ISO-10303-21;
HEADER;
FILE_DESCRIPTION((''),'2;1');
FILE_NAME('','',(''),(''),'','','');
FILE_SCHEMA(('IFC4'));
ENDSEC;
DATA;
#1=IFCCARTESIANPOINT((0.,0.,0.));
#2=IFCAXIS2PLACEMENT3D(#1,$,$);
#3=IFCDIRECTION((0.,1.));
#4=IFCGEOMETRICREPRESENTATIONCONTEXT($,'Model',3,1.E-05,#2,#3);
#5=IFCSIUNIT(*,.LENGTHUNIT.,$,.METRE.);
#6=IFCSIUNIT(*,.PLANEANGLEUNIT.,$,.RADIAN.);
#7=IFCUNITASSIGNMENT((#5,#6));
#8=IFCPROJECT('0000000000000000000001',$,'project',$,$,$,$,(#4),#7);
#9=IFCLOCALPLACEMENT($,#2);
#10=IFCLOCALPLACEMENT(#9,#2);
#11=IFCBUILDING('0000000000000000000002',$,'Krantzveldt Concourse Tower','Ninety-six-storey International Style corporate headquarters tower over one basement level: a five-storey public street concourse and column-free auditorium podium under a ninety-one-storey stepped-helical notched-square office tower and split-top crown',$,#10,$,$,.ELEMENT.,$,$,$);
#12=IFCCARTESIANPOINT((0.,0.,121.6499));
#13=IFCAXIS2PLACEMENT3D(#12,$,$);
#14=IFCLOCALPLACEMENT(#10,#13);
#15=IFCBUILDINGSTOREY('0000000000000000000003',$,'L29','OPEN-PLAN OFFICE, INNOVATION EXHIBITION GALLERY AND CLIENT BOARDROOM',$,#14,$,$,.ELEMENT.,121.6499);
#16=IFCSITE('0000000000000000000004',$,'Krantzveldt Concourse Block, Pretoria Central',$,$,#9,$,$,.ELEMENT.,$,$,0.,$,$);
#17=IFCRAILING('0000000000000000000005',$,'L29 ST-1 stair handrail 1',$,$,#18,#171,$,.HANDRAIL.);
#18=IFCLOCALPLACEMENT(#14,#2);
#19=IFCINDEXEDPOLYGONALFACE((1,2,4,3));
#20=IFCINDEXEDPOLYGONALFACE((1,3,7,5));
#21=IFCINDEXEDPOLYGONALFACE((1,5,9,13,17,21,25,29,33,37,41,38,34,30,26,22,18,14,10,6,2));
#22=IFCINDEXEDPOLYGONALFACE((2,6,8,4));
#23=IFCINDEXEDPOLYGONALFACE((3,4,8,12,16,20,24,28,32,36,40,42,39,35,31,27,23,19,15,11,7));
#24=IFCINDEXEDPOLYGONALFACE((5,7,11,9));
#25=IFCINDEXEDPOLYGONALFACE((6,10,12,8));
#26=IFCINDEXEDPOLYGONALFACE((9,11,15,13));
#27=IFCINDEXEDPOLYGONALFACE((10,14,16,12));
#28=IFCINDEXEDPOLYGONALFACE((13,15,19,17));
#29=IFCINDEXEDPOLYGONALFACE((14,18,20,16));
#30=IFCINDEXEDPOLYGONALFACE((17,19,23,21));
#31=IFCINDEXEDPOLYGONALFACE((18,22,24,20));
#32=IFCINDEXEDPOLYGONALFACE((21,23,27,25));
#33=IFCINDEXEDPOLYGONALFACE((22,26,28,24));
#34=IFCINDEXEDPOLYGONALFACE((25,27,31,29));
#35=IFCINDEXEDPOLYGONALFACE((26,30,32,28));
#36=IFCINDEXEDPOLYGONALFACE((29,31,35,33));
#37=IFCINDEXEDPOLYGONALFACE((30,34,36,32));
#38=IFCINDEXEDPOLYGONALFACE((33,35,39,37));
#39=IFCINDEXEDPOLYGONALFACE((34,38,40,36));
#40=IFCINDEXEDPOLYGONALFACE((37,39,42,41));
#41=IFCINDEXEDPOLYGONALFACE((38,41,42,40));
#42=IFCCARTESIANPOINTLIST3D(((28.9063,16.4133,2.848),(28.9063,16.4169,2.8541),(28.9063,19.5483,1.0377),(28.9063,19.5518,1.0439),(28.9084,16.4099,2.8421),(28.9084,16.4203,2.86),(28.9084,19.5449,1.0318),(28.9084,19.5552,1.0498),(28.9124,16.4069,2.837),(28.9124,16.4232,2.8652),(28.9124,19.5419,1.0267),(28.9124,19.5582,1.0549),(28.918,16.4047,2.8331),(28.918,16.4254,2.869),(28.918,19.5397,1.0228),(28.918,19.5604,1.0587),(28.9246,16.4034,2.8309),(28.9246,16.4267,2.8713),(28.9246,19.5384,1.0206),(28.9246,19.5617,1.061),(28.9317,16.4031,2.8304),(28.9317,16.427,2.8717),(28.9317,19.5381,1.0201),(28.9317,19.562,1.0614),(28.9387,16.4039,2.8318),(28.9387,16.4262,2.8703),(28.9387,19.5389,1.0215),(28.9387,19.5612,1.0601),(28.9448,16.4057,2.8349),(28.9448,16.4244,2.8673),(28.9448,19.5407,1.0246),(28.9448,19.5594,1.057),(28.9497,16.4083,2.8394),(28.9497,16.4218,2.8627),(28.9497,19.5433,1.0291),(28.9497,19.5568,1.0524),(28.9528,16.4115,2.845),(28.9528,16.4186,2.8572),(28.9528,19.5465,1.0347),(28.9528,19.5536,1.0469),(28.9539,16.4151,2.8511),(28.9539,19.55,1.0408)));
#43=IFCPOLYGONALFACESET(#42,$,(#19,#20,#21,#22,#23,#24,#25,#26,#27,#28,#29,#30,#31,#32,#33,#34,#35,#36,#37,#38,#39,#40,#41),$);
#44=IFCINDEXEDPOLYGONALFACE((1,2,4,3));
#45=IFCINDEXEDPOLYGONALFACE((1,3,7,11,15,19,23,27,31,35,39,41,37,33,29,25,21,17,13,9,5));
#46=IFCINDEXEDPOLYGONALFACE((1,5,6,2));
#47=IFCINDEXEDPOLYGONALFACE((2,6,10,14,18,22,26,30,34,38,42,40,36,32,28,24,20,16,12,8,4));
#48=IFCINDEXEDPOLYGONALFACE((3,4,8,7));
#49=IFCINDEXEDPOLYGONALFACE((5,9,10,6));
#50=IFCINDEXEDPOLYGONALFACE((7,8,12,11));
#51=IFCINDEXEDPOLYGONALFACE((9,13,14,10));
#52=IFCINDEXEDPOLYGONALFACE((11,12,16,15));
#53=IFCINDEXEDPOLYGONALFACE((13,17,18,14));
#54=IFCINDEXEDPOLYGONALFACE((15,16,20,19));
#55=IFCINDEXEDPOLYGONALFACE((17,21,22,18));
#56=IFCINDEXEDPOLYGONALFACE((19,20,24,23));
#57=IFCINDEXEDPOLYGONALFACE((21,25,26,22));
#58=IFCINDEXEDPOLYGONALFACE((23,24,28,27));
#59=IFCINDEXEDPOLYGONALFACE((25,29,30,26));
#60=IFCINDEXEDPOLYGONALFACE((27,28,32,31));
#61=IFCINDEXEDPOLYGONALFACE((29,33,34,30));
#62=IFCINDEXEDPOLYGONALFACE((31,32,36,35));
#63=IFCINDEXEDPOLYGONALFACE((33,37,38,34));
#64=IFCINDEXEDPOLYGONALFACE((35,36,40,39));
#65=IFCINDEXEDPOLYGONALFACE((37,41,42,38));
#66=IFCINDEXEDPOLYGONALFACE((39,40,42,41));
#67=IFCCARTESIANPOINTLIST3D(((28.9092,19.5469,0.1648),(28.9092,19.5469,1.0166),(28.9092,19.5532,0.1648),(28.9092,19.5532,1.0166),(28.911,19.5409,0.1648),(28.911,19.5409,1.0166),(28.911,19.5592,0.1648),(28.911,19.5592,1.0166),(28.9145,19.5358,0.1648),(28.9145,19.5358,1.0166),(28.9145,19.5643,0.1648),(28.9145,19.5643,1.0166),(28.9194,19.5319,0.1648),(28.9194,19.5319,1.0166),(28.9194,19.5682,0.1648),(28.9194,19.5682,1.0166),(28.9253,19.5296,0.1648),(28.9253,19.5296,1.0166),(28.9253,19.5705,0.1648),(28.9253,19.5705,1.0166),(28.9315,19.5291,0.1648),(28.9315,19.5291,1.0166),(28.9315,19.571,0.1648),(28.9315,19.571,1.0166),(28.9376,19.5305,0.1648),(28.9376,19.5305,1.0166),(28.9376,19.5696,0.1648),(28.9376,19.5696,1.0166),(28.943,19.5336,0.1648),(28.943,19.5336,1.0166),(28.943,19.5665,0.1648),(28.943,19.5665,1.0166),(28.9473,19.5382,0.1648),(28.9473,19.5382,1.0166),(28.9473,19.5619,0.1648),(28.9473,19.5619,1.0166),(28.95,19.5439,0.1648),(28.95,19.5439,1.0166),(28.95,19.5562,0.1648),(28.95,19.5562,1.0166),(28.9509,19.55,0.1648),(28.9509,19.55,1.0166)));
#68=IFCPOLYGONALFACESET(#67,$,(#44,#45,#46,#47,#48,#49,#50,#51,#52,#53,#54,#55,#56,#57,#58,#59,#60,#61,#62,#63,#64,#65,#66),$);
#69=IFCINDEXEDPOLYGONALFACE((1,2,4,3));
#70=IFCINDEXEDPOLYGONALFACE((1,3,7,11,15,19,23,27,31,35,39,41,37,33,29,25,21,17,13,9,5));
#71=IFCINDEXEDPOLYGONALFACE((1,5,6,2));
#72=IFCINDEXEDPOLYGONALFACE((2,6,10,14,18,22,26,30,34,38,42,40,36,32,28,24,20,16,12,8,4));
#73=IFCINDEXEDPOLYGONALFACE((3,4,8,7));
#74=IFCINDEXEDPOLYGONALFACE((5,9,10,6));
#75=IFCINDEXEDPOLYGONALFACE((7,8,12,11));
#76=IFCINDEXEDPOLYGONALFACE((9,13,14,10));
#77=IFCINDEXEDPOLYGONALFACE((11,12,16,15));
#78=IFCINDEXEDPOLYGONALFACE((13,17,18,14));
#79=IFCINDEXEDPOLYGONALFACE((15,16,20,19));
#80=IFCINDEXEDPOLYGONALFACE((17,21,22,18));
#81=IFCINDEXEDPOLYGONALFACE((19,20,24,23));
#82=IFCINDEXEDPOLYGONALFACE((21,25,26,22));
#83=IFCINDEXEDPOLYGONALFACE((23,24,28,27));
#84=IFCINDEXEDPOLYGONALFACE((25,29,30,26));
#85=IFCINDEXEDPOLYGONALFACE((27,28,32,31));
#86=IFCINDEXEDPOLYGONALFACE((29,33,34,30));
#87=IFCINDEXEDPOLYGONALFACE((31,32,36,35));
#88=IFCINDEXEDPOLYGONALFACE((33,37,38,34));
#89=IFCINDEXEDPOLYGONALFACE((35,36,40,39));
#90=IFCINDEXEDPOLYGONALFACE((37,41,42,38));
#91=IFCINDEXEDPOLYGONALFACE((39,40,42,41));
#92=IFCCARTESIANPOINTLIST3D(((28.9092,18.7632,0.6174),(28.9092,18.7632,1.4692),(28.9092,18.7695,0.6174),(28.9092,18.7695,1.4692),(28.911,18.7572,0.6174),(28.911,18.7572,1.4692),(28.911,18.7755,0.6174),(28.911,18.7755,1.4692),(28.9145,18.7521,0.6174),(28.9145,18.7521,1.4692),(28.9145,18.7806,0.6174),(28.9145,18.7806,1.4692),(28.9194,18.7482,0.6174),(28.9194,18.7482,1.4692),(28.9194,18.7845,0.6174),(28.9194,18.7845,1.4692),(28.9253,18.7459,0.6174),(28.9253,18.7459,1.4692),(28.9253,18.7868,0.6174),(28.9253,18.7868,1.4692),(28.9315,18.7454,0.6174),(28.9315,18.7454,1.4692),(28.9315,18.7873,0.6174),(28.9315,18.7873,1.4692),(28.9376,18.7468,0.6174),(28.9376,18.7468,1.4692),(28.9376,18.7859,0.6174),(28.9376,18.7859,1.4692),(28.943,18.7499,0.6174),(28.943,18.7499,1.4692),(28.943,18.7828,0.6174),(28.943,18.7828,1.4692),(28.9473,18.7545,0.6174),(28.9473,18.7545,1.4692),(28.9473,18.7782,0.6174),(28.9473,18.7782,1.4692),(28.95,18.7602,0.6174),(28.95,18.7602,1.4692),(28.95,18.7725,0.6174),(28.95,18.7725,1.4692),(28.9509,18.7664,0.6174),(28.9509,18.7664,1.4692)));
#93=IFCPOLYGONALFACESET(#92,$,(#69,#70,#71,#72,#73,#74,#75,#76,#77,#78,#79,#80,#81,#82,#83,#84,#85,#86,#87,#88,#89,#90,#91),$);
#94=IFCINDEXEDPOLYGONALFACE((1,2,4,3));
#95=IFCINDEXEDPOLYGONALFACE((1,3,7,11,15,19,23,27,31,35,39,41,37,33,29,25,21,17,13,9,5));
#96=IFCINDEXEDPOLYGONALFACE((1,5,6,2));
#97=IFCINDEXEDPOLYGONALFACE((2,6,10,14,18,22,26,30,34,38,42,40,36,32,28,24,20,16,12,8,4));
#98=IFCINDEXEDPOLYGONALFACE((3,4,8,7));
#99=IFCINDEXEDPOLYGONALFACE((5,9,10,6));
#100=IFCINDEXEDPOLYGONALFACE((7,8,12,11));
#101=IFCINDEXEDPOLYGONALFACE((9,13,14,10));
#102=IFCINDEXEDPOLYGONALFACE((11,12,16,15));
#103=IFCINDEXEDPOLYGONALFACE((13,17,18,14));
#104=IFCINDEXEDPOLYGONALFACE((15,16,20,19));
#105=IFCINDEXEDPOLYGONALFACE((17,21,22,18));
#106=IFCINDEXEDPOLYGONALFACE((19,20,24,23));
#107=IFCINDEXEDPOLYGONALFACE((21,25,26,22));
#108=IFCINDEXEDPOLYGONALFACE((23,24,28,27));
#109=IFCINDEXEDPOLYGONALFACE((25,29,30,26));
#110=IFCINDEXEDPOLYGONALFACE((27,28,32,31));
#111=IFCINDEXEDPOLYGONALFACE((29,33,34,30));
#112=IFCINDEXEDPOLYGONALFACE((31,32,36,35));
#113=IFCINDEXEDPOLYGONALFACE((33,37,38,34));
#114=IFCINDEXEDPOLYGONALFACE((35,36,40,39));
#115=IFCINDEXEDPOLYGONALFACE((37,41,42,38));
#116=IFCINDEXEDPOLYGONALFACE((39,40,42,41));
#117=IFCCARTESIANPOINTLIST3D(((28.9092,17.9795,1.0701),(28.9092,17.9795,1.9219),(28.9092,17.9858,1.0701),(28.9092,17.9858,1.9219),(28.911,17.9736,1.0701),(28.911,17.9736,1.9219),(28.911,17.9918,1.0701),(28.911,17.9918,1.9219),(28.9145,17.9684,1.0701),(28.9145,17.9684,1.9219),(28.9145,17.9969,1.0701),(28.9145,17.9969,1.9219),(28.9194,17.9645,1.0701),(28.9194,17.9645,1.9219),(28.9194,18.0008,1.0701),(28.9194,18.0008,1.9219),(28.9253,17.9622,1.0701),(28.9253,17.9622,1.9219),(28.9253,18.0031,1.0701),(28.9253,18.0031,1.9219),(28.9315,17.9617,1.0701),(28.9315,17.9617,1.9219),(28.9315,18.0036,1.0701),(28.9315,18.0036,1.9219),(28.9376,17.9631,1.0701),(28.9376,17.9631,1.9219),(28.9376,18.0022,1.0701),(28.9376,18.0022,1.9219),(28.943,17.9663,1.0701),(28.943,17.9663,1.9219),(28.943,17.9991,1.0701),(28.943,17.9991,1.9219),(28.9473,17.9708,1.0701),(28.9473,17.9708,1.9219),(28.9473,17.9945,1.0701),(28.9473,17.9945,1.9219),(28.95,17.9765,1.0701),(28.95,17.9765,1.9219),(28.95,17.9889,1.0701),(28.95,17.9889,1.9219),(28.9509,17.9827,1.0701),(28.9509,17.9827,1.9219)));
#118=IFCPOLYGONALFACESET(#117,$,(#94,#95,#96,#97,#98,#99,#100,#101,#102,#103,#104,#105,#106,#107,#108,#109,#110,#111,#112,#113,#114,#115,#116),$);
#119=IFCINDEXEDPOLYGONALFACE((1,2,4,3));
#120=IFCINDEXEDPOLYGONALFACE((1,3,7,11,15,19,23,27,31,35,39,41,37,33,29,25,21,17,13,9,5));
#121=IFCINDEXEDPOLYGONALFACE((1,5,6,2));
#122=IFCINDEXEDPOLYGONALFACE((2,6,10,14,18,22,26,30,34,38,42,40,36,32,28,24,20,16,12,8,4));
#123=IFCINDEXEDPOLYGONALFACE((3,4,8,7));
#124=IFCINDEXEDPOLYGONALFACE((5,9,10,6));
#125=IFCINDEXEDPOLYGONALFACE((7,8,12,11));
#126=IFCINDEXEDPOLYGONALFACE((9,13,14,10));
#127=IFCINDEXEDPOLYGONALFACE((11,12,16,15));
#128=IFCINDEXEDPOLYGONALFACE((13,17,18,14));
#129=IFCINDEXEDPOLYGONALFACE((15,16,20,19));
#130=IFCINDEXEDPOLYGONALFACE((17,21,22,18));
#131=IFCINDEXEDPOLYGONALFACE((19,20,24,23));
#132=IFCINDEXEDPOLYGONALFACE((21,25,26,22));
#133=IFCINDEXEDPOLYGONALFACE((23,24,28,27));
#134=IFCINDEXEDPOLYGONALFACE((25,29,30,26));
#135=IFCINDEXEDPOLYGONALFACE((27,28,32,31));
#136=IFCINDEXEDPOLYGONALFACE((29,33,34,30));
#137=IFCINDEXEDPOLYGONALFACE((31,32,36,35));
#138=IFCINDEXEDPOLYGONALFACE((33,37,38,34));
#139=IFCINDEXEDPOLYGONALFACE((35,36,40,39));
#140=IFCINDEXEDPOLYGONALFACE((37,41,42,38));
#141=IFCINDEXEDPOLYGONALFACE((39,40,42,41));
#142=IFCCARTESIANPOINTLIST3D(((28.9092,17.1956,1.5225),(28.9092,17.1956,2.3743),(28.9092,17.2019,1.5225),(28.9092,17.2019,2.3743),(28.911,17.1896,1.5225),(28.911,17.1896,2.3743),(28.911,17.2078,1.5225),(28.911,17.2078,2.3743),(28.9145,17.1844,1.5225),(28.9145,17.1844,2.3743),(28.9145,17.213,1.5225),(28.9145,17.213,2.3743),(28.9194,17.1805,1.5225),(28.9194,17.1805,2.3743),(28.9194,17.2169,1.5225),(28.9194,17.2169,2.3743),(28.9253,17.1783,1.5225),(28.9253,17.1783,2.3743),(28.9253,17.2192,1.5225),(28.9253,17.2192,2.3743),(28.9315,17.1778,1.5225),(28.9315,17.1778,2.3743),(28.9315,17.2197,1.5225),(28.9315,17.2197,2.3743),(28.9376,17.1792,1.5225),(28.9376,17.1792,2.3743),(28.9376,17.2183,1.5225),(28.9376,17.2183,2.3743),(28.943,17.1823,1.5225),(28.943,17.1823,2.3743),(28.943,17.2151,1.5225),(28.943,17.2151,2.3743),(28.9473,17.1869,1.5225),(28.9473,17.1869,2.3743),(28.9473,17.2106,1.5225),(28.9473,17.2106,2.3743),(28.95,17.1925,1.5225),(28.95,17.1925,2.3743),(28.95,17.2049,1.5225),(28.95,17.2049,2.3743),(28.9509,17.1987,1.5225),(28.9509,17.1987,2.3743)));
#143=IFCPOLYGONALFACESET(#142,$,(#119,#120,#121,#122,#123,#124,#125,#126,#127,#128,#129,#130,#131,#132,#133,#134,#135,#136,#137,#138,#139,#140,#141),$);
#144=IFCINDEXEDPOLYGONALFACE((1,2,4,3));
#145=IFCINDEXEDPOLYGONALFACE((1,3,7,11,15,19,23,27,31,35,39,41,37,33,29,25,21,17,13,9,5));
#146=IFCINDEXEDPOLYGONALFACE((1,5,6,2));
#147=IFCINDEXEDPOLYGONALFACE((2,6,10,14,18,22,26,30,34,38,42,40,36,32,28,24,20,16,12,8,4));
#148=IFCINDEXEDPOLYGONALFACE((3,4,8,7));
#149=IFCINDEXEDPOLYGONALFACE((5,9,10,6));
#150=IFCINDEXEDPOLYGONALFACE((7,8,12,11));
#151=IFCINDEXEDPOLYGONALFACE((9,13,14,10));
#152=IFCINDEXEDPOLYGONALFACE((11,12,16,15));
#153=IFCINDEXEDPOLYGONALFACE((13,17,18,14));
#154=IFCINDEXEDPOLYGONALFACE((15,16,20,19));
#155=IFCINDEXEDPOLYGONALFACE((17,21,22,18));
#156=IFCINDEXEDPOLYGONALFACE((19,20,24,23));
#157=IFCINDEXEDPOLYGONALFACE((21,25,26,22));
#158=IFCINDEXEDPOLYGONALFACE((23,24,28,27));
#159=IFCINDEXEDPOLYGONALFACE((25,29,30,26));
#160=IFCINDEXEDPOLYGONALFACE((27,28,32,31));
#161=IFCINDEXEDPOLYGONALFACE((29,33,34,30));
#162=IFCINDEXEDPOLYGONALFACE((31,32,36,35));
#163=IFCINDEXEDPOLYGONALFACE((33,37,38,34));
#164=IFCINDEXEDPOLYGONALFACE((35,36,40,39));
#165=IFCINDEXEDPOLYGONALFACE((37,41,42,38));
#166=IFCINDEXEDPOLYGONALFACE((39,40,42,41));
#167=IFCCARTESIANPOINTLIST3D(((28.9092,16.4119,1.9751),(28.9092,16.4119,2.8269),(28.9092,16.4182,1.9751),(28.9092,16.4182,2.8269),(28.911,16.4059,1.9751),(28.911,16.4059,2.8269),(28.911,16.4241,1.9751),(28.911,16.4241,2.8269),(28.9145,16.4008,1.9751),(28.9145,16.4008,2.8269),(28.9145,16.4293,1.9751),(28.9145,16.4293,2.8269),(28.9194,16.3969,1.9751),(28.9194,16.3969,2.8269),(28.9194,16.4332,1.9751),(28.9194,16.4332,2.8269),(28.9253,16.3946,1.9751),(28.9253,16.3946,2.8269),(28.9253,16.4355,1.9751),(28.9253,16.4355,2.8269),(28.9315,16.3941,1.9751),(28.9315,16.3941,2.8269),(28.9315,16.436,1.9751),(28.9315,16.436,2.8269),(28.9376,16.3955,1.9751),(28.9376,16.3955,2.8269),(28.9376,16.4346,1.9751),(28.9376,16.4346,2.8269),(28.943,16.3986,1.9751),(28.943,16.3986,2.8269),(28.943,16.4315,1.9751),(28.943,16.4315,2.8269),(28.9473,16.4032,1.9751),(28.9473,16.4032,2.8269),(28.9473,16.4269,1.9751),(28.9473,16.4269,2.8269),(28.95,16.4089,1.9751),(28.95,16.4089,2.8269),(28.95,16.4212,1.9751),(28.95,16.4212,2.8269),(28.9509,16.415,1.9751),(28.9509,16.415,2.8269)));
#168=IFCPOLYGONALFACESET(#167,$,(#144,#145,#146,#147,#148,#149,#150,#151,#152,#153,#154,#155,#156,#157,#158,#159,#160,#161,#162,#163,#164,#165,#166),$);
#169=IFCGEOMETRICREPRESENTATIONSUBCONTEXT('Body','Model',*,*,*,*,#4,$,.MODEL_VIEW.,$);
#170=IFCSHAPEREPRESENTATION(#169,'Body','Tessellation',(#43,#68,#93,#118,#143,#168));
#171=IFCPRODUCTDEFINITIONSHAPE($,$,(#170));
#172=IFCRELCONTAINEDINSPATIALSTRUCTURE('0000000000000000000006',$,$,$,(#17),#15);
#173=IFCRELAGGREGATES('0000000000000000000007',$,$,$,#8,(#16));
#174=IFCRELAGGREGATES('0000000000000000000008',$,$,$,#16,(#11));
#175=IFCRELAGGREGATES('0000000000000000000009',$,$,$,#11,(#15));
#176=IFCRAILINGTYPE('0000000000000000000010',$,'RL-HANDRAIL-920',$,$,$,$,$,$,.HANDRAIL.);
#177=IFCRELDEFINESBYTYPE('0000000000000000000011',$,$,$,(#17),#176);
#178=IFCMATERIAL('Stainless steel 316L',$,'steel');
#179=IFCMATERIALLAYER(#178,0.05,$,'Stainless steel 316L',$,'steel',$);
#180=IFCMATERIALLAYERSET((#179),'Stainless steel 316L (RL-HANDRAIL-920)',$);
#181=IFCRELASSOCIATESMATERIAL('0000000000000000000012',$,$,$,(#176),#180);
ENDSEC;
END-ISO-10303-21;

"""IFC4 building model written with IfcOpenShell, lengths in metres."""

from ifc_helpers import new_model, si_unit, direction, frame, origin, origin_2d, place, context, subcontext, project, spatial, circle, extrude, material, layer, layer_set, type_object, element, save


model = new_model("IFC4")

# Units and contexts
model_context = context("Model", 3, precision=1e-05, world=origin(), true_north=direction((0.0, 1.0)))
body_context = subcontext(model_context, "Body", "Model", "MODEL_VIEW")
ifc_project = project(units=[si_unit("LENGTHUNIT", "METRE"), si_unit("PLANEANGLEUNIT", "RADIAN")], contexts=[model_context])

# Site, building, storey
site_placement = place(None, origin())
site = spatial("IfcSite", under=ifc_project, at=site_placement, Name="Krantzveldt Concourse Block, Pretoria Central", CompositionType="ELEMENT", RefElevation=0.0)
building_placement = place(site_placement, origin())
building = spatial("IfcBuilding", under=site, at=building_placement, Name="Krantzveldt Concourse Tower", Description="Ninety-six-storey International Style corporate headquarters tower over one basement level: a five-storey public street concourse and column-free auditorium podium under a ninety-one-storey stepped-helical notched-square office tower and split-top crown", CompositionType="ELEMENT")
storey_placement = place(building_placement, frame((0.0, 0.0, 121.6499)))
storey = spatial("IfcBuildingStorey", under=building, at=storey_placement, Name="L29", Description="OPEN-PLAN OFFICE, INNOVATION EXHIBITION GALLERY AND CLIENT BOARDROOM", CompositionType="ELEMENT", Elevation=121.6499)

# Railing
ifc_material_1 = material(Name="Stainless steel 316L", Category="steel")
ifc_layer_1 = layer(ifc_material_1, 0.05, Name="Stainless steel 316L", Category="steel")
ifc_layer_set_1 = layer_set([ifc_layer_1], Name="Stainless steel 316L (RL-HANDRAIL-920)")
railing_type_1 = type_object("IfcRailingType", Name="RL-HANDRAIL-920", PredefinedType="HANDRAIL", material=ifc_layer_set_1)
railing_1_placement = place(storey_placement, frame((28.9299, 19.55, 0.1648)))
element("IfcRailing", 1, at=railing_1_placement, inside=storey, type_object=railing_type_1, Name="L29 ST-1 stair handrail 1", PredefinedType="HANDRAIL", context=body_context, shape_type="SweptSolid", body=[
    extrude(circle(Radius=0.0239, at=origin_2d()), frame((0.0, 0.0, 0.876), z_axis=(0.0, -0.865989, 0.500063), x_axis=(1.0, 0.0, 0.0)), (0.0, 0.0, 1.0), 3.6201),
    extrude(circle(Radius=0.021, at=origin_2d()), origin(), (0.0, 0.0, 1.0), 0.8518),
    extrude(circle(Radius=0.021, at=origin_2d()), frame((0.0, -0.7837, 0.4526)), (0.0, 0.0, 1.0), 0.8518),
    extrude(circle(Radius=0.021, at=origin_2d()), frame((0.0, -1.5674, 0.9053)), (0.0, 0.0, 1.0), 0.8518),
    extrude(circle(Radius=0.021, at=origin_2d()), frame((0.0, -2.3513, 1.3577)), (0.0, 0.0, 1.0), 0.8518),
    extrude(circle(Radius=0.021, at=origin_2d()), frame((0.0, -3.135, 1.8103)), (0.0, 0.0, 1.0), 0.8518),
])

save(model, "model.ifc")
